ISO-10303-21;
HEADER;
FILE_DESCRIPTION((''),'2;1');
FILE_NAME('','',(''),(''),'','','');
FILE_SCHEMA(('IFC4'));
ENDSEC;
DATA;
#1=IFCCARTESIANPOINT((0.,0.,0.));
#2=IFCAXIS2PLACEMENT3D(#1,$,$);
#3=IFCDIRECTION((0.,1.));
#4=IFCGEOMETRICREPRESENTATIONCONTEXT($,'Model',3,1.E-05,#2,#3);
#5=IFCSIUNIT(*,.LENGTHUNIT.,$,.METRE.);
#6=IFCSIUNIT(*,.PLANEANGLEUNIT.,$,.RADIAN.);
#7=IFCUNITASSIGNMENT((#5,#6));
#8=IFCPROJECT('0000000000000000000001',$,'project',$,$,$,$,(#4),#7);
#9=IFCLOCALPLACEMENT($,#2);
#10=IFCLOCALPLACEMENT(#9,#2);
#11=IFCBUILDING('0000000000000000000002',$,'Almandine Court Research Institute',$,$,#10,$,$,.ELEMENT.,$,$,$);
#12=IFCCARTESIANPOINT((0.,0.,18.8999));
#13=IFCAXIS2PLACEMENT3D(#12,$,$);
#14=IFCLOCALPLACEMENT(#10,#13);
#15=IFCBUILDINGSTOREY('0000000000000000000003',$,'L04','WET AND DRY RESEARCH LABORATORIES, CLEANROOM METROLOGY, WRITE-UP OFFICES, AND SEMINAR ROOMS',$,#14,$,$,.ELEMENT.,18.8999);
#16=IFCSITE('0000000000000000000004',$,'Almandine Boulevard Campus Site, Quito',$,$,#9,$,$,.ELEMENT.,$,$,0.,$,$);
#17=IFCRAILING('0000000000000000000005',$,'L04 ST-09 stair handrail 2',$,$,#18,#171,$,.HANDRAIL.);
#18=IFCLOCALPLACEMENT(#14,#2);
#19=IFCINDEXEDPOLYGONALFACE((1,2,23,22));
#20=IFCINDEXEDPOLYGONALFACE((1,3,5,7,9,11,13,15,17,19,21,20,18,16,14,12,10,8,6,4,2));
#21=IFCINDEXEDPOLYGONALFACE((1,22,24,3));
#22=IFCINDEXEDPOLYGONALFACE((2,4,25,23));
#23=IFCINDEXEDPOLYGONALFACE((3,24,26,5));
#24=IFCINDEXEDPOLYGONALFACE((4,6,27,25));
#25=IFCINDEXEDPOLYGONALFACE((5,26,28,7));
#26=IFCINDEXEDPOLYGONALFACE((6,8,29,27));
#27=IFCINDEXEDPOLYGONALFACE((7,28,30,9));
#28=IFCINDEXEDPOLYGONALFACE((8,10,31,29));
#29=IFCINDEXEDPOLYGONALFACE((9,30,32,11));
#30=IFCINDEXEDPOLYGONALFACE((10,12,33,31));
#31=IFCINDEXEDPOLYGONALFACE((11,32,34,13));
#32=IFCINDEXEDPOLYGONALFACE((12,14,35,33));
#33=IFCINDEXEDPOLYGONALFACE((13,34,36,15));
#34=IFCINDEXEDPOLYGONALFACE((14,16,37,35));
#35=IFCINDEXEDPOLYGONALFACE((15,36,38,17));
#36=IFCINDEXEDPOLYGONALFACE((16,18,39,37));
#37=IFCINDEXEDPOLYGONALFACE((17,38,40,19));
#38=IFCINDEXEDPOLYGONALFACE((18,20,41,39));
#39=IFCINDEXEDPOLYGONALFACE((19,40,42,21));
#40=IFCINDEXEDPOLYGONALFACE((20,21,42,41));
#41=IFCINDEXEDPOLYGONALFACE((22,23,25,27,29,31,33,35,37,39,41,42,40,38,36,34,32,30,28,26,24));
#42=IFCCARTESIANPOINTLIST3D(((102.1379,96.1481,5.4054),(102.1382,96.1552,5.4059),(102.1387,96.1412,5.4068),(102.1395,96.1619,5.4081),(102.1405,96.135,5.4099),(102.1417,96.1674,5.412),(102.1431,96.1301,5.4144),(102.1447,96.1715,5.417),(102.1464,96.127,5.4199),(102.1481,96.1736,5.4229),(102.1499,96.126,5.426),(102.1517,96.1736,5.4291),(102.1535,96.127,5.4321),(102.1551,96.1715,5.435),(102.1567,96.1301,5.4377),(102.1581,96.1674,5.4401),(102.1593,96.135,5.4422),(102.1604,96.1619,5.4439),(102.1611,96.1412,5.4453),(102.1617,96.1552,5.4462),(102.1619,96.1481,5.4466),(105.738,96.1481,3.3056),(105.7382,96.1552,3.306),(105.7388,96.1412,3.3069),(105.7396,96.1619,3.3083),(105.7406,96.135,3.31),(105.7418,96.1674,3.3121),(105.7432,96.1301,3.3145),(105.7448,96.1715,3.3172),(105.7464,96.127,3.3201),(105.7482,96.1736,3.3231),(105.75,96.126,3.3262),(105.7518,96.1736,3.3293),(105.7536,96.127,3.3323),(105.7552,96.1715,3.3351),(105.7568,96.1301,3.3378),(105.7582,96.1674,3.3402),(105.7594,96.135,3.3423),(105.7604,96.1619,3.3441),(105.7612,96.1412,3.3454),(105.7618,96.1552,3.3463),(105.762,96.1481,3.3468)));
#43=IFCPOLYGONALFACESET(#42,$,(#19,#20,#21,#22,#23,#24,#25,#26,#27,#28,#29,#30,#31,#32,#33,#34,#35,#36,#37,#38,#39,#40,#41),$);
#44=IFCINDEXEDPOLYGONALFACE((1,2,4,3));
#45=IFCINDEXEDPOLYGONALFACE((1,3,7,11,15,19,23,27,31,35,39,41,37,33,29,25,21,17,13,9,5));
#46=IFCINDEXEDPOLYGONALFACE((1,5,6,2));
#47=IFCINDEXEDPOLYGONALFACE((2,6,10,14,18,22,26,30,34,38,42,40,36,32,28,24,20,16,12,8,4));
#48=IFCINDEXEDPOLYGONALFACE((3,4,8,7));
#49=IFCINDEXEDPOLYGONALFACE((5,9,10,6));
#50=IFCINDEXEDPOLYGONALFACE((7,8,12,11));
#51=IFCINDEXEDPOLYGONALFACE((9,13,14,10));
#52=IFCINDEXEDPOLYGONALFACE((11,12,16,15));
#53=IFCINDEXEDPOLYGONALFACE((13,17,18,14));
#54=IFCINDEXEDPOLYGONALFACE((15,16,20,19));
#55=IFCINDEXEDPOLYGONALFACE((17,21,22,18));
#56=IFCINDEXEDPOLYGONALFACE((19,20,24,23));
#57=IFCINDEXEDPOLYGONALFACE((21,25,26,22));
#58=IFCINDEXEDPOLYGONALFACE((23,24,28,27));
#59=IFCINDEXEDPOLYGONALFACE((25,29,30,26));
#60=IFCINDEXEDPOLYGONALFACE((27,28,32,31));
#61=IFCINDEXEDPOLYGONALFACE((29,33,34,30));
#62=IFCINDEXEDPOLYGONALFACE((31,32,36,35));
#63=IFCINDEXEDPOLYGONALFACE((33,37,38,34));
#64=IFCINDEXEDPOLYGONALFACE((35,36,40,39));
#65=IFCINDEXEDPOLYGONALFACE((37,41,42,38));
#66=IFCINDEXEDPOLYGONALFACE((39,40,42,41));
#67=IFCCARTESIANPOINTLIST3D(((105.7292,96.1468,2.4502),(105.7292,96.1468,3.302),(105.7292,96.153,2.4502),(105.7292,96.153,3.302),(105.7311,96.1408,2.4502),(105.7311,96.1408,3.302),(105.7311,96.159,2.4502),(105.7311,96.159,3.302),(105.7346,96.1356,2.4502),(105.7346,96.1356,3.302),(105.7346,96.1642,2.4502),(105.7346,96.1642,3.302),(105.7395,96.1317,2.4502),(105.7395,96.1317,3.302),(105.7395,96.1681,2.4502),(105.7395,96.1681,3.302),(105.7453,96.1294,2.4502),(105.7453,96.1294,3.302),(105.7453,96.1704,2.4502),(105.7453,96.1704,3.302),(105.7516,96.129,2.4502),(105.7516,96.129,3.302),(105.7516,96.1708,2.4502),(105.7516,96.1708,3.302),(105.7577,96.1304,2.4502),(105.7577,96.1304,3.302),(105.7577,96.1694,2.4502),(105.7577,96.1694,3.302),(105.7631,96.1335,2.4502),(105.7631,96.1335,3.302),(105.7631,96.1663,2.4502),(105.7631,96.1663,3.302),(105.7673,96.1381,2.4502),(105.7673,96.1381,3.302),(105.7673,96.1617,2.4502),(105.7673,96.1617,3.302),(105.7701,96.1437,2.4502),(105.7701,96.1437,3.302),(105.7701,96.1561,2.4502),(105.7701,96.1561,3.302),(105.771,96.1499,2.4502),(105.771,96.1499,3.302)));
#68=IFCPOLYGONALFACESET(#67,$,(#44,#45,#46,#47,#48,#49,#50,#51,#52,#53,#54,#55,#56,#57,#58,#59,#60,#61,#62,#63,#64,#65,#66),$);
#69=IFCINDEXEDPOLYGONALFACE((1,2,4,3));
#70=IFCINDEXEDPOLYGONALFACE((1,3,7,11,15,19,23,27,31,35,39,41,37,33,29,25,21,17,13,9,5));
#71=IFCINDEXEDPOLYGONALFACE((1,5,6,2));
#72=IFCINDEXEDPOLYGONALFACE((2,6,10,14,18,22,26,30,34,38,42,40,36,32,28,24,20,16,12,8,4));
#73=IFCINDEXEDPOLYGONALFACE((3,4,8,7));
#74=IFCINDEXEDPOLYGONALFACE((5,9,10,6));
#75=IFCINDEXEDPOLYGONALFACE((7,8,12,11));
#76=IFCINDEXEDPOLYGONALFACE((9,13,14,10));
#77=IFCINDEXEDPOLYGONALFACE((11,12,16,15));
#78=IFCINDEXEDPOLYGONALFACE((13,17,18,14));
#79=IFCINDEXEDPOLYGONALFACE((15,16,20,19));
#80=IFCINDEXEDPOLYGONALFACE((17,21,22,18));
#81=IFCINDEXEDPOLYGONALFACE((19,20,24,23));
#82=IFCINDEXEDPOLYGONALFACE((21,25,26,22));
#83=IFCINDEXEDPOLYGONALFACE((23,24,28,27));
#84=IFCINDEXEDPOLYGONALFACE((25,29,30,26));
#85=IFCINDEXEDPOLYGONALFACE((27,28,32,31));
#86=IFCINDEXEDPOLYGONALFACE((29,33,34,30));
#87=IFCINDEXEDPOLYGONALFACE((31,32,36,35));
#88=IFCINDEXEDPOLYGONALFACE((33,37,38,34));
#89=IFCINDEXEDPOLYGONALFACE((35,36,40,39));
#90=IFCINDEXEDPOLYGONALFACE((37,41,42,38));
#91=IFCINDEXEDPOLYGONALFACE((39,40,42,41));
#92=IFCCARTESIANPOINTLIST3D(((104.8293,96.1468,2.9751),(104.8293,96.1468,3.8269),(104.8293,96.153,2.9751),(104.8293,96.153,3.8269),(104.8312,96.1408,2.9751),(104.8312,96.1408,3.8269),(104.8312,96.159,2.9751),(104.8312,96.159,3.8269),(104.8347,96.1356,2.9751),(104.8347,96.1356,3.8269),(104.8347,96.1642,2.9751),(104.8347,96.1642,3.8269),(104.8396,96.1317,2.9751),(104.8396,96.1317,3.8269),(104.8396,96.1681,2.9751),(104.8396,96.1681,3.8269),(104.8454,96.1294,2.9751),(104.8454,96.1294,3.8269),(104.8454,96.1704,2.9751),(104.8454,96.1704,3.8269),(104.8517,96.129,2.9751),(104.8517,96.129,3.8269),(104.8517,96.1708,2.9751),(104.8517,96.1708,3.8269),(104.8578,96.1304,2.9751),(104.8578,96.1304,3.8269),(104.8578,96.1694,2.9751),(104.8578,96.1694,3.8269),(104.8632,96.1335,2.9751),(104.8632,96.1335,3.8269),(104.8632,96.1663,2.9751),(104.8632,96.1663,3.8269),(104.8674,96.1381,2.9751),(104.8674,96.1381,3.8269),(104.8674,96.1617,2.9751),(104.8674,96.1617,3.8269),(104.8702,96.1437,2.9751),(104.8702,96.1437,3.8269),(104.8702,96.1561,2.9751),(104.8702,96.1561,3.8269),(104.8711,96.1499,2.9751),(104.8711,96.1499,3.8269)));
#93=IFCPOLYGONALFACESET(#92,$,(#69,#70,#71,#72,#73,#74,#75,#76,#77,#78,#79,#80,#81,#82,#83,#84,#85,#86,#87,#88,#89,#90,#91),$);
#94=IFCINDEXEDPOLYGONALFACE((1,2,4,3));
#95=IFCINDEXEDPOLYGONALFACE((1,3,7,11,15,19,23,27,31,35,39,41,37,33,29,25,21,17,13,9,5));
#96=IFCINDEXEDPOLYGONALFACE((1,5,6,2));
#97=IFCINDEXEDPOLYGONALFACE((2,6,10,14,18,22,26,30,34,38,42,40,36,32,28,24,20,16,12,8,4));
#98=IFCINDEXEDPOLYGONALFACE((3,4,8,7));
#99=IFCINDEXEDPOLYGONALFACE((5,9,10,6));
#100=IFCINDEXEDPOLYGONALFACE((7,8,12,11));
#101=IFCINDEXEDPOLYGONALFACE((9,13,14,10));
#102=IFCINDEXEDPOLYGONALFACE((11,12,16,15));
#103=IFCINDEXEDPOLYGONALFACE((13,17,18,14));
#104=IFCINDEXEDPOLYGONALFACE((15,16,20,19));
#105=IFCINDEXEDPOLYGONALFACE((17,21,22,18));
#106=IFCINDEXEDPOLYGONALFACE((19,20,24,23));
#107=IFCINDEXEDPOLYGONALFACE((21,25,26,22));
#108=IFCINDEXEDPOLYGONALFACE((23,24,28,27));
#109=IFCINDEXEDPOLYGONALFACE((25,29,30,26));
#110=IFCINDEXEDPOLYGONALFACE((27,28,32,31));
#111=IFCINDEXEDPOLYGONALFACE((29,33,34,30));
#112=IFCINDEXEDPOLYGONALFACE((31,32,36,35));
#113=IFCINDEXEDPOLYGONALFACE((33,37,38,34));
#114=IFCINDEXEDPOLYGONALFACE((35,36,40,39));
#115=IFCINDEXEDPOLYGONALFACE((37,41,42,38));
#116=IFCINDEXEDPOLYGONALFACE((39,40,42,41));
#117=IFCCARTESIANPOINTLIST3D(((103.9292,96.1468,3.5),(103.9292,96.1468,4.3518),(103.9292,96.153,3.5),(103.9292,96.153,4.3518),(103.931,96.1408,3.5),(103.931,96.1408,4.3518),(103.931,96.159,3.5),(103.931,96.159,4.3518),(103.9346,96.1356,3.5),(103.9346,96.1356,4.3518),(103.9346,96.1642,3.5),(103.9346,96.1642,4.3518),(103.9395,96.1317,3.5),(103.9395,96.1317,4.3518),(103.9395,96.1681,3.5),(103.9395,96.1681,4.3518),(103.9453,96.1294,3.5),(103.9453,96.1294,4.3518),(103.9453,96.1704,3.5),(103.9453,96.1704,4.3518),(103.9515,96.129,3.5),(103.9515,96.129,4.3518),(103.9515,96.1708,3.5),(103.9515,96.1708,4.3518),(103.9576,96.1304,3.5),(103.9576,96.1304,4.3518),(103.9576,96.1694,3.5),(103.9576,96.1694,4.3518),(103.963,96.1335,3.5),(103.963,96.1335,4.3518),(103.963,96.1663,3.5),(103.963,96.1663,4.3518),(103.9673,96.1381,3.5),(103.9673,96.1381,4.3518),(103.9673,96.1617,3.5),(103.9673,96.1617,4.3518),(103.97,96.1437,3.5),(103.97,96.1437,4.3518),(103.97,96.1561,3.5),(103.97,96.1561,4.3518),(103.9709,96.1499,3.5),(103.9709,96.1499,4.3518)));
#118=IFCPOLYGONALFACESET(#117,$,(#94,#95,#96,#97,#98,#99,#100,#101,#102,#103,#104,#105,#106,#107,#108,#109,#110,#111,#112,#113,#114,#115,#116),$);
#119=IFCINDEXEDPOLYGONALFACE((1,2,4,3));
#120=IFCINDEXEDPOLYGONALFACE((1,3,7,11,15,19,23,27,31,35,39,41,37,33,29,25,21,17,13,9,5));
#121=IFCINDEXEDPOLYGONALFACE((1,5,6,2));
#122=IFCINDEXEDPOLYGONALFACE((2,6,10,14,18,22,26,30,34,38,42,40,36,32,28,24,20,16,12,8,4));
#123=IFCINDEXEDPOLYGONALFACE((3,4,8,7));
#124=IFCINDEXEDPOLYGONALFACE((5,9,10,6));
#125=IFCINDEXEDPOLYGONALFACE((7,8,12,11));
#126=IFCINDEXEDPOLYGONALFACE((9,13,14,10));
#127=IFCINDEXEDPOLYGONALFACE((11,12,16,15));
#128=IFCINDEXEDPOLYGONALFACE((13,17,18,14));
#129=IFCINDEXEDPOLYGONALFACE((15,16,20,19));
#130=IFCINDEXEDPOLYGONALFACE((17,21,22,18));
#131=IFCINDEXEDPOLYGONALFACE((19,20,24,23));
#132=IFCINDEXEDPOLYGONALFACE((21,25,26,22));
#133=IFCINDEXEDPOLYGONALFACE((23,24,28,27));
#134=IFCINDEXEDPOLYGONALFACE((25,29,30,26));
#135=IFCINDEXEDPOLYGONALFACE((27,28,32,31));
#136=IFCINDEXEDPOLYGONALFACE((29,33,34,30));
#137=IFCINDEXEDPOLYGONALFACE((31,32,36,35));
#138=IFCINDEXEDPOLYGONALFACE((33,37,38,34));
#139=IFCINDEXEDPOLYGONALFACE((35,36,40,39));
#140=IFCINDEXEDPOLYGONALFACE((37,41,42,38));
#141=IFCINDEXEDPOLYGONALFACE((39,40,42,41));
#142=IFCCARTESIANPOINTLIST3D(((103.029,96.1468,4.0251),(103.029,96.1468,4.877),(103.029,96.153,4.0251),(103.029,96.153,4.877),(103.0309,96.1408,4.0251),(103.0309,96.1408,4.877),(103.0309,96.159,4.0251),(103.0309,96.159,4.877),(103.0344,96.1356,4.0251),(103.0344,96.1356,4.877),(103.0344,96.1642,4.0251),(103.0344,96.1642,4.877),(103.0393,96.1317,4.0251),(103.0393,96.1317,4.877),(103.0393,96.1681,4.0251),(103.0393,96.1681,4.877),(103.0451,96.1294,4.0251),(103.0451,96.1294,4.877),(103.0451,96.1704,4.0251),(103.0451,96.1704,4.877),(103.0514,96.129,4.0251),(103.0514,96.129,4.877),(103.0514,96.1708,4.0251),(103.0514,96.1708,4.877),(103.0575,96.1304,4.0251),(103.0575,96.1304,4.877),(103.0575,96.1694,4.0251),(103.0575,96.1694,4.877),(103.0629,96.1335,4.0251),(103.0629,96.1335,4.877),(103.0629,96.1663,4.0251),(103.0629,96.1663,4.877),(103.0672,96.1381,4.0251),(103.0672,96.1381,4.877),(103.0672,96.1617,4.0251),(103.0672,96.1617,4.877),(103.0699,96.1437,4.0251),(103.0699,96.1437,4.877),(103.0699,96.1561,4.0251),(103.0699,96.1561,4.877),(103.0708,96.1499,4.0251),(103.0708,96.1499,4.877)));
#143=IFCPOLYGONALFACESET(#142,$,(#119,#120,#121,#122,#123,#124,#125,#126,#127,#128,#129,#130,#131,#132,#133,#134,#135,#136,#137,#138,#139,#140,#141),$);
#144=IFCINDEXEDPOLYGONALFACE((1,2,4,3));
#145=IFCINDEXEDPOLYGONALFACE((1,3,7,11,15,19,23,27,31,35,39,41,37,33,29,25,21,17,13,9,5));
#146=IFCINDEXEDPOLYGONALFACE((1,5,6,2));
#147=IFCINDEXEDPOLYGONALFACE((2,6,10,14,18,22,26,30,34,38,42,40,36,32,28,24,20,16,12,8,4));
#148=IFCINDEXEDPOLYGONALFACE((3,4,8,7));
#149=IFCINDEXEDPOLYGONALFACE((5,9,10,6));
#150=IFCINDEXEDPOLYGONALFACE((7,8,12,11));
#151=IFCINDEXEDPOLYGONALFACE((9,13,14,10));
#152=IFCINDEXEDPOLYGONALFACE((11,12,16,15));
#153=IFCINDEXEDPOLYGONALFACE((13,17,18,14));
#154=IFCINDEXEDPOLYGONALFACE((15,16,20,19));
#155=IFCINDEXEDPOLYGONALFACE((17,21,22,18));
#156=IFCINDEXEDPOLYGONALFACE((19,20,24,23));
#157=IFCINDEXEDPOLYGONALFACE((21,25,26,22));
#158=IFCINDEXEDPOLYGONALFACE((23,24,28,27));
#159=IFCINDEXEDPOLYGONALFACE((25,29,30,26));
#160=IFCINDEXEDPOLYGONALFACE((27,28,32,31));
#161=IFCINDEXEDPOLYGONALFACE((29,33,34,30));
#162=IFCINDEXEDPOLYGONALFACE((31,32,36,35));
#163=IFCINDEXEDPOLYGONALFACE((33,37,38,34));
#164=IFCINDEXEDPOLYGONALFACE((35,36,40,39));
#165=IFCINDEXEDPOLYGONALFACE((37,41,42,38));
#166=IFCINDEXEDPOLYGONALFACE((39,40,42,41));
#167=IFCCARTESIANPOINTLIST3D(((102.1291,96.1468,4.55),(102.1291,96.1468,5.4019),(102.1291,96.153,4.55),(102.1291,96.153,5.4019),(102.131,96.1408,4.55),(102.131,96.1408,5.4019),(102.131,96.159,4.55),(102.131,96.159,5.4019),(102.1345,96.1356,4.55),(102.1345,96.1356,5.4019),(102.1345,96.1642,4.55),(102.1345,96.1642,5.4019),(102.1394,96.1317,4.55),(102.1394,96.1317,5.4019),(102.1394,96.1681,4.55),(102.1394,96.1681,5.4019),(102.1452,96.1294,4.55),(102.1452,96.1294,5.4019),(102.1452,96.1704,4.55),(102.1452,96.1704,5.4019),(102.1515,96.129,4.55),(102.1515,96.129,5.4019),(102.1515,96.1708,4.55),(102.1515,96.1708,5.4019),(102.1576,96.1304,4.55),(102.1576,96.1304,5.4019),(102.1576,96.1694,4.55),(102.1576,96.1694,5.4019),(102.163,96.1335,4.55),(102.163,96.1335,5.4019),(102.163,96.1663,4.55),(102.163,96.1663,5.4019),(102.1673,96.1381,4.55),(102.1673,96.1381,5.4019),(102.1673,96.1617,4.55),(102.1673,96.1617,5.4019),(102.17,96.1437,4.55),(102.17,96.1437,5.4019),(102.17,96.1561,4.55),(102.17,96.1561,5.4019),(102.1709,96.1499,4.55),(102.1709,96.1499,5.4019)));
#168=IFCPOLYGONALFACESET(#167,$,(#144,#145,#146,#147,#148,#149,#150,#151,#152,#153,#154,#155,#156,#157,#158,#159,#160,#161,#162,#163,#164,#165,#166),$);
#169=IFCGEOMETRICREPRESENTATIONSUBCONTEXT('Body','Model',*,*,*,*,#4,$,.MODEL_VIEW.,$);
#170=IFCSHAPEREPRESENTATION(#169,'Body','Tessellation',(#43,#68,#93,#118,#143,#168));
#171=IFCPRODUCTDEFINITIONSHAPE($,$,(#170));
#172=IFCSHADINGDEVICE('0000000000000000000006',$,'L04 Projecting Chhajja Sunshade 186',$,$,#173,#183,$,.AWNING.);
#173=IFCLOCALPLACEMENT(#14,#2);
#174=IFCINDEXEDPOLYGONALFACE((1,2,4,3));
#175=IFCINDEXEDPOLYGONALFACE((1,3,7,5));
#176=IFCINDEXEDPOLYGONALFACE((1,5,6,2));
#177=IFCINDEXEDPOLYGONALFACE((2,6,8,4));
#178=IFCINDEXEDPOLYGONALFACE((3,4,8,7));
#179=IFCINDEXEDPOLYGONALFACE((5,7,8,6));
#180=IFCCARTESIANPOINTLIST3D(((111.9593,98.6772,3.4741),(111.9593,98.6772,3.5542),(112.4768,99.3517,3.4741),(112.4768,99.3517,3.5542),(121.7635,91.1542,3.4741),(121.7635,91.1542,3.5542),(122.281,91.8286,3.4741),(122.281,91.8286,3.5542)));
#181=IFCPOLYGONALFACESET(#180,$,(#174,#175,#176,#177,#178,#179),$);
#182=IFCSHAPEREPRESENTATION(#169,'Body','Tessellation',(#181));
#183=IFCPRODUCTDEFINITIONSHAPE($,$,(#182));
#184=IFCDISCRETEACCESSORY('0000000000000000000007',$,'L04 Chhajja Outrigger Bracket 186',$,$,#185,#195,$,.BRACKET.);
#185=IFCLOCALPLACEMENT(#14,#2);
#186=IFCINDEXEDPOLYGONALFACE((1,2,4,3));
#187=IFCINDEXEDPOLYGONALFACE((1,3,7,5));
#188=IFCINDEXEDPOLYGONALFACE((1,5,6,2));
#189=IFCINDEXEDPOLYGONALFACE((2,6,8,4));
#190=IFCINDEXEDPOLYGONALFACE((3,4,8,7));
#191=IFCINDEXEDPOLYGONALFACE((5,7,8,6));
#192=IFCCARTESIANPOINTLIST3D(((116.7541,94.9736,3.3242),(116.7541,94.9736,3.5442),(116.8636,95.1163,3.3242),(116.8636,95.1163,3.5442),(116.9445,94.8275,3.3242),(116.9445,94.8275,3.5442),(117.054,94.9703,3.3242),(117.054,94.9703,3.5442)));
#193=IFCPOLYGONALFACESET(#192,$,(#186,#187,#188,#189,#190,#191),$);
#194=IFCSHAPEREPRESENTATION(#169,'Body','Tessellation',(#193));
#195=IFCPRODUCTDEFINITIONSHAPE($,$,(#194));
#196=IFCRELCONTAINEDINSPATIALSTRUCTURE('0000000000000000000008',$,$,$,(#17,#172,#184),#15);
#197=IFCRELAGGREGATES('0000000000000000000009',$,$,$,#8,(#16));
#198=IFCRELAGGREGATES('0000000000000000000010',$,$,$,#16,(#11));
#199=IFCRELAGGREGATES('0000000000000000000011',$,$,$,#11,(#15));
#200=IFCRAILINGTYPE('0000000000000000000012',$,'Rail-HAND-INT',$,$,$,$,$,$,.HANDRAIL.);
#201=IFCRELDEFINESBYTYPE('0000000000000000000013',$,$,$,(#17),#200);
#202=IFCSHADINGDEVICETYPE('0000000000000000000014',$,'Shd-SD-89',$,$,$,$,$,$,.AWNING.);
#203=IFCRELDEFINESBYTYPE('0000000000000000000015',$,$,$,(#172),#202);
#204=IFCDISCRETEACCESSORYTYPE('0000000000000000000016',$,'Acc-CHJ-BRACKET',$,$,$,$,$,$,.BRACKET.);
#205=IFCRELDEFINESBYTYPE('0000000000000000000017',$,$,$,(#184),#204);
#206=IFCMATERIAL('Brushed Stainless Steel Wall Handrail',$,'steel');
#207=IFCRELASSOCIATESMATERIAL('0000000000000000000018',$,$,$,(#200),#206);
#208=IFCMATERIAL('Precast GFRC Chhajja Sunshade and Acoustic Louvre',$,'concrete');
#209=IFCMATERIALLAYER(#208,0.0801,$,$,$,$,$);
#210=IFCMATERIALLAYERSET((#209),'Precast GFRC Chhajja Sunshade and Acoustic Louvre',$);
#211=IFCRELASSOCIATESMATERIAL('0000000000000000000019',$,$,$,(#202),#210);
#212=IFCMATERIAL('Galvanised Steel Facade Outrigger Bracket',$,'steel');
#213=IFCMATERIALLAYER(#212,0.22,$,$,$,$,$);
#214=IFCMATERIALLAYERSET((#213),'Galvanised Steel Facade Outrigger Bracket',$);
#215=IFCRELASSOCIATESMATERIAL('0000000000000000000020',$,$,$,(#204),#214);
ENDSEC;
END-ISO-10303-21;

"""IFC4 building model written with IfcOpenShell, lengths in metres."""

from ifc_helpers import new_model, si_unit, direction, frame, origin, origin_2d, place, context, subcontext, project, spatial, rectangle, circle, extrude, material, layer, layer_set, type_object, element, save


model = new_model("IFC4")

# Units and contexts
model_context = context("Model", 3, precision=1e-05, world=origin(), true_north=direction((0.0, 1.0)))
body_context = subcontext(model_context, "Body", "Model", "MODEL_VIEW")
ifc_project = project(units=[si_unit("LENGTHUNIT", "METRE"), si_unit("PLANEANGLEUNIT", "RADIAN")], contexts=[model_context])

# Site, building, storey
site_placement = place(None, origin())
site = spatial("IfcSite", under=ifc_project, at=site_placement, Name="Almandine Boulevard Campus Site, Quito", CompositionType="ELEMENT", RefElevation=0.0)
building_placement = place(site_placement, origin())
building = spatial("IfcBuilding", under=site, at=building_placement, Name="Almandine Court Research Institute", CompositionType="ELEMENT")
storey_placement = place(building_placement, frame((0.0, 0.0, 18.8999)))
storey = spatial("IfcBuildingStorey", under=building, at=storey_placement, Name="L04", Description="WET AND DRY RESEARCH LABORATORIES, CLEANROOM METROLOGY, WRITE-UP OFFICES, AND SEMINAR ROOMS", CompositionType="ELEMENT", Elevation=18.8999)

# Railing
ifc_material_1 = material(Name="Brushed Stainless Steel Wall Handrail", Category="steel")
railing_type_1 = type_object("IfcRailingType", Name="Rail-HAND-INT", PredefinedType="HANDRAIL", material=ifc_material_1)
railing_1_placement = place(storey_placement, frame((105.75, 96.1499, 2.4502)))
element("IfcRailing", 1, at=railing_1_placement, inside=storey, type_object=railing_type_1, Name="L04 ST-09 stair handrail 2", PredefinedType="HANDRAIL", context=body_context, shape_type="SweptSolid", body=[
    extrude(circle(Radius=0.0239, at=origin_2d()), frame((0.0, 0.0, 0.876), z_axis=(-0.8638, 0.0, 0.503835), x_axis=(0.0, -1.0, 0.0)), (0.0, 0.0, 1.0), 4.1677),
    extrude(circle(Radius=0.021, at=origin_2d()), origin(), (0.0, 0.0, 1.0), 0.8518),
    extrude(circle(Radius=0.021, at=origin_2d()), frame((-0.8999, 0.0, 0.5249)), (0.0, 0.0, 1.0), 0.8518),
    extrude(circle(Radius=0.021, at=origin_2d()), frame((-1.8, 0.0, 1.0498)), (0.0, 0.0, 1.0), 0.8518),
    extrude(circle(Radius=0.021, at=origin_2d()), frame((-2.7002, 0.0, 1.575)), (0.0, 0.0, 1.0), 0.8518),
    extrude(circle(Radius=0.021, at=origin_2d()), frame((-3.6001, 0.0, 2.0999)), (0.0, 0.0, 1.0), 0.8518),
])

# Shading device
ifc_material_2 = material(Name="Precast GFRC Chhajja Sunshade and Acoustic Louvre", Category="concrete")
ifc_layer_1 = layer(ifc_material_2, 0.0801)
ifc_layer_set_1 = layer_set([ifc_layer_1], Name="Precast GFRC Chhajja Sunshade and Acoustic Louvre")
shading_device_type = type_object("IfcShadingDeviceType", Name="Shd-SD-89", PredefinedType="AWNING", material=ifc_layer_set_1)
shading_device_placement = place(storey_placement, frame((117.1201, 95.2529, 3.4741), z_axis=(0.0, 0.0, 1.0), x_axis=(0.793353, -0.608761, 0.0)))
element("IfcShadingDevice", 2, at=shading_device_placement, inside=storey, type_object=shading_device_type, Name="L04 Projecting Chhajja Sunshade 186", PredefinedType="AWNING", context=body_context, shape_type="SweptSolid", body=[
    extrude(rectangle(XDim=12.3579, YDim=0.8501, at=origin_2d()), origin(), (0.0, 0.0, 1.0), 0.0801),
])

# Discrete accessory
ifc_material_3 = material(Name="Galvanised Steel Facade Outrigger Bracket", Category="steel")
ifc_layer_2 = layer(ifc_material_3, 0.22)
ifc_layer_set_2 = layer_set([ifc_layer_2], Name="Galvanised Steel Facade Outrigger Bracket")
discrete_accessory_type = type_object("IfcDiscreteAccessoryType", Name="Acc-CHJ-BRACKET", PredefinedType="BRACKET", material=ifc_layer_set_2)
discrete_accessory_placement = place(storey_placement, frame((116.9041, 94.9719, 3.3242), z_axis=(0.0, 0.0, 1.0), x_axis=(0.793353, -0.608761, 0.0)))
element("IfcDiscreteAccessory", 3, at=discrete_accessory_placement, inside=storey, type_object=discrete_accessory_type, Name="L04 Chhajja Outrigger Bracket 186", PredefinedType="BRACKET", context=body_context, shape_type="SweptSolid", body=[
    extrude(rectangle(XDim=0.24, YDim=0.1799, at=origin_2d()), origin(), (0.0, 0.0, 1.0), 0.22),
])

save(model, "model.ifc")
